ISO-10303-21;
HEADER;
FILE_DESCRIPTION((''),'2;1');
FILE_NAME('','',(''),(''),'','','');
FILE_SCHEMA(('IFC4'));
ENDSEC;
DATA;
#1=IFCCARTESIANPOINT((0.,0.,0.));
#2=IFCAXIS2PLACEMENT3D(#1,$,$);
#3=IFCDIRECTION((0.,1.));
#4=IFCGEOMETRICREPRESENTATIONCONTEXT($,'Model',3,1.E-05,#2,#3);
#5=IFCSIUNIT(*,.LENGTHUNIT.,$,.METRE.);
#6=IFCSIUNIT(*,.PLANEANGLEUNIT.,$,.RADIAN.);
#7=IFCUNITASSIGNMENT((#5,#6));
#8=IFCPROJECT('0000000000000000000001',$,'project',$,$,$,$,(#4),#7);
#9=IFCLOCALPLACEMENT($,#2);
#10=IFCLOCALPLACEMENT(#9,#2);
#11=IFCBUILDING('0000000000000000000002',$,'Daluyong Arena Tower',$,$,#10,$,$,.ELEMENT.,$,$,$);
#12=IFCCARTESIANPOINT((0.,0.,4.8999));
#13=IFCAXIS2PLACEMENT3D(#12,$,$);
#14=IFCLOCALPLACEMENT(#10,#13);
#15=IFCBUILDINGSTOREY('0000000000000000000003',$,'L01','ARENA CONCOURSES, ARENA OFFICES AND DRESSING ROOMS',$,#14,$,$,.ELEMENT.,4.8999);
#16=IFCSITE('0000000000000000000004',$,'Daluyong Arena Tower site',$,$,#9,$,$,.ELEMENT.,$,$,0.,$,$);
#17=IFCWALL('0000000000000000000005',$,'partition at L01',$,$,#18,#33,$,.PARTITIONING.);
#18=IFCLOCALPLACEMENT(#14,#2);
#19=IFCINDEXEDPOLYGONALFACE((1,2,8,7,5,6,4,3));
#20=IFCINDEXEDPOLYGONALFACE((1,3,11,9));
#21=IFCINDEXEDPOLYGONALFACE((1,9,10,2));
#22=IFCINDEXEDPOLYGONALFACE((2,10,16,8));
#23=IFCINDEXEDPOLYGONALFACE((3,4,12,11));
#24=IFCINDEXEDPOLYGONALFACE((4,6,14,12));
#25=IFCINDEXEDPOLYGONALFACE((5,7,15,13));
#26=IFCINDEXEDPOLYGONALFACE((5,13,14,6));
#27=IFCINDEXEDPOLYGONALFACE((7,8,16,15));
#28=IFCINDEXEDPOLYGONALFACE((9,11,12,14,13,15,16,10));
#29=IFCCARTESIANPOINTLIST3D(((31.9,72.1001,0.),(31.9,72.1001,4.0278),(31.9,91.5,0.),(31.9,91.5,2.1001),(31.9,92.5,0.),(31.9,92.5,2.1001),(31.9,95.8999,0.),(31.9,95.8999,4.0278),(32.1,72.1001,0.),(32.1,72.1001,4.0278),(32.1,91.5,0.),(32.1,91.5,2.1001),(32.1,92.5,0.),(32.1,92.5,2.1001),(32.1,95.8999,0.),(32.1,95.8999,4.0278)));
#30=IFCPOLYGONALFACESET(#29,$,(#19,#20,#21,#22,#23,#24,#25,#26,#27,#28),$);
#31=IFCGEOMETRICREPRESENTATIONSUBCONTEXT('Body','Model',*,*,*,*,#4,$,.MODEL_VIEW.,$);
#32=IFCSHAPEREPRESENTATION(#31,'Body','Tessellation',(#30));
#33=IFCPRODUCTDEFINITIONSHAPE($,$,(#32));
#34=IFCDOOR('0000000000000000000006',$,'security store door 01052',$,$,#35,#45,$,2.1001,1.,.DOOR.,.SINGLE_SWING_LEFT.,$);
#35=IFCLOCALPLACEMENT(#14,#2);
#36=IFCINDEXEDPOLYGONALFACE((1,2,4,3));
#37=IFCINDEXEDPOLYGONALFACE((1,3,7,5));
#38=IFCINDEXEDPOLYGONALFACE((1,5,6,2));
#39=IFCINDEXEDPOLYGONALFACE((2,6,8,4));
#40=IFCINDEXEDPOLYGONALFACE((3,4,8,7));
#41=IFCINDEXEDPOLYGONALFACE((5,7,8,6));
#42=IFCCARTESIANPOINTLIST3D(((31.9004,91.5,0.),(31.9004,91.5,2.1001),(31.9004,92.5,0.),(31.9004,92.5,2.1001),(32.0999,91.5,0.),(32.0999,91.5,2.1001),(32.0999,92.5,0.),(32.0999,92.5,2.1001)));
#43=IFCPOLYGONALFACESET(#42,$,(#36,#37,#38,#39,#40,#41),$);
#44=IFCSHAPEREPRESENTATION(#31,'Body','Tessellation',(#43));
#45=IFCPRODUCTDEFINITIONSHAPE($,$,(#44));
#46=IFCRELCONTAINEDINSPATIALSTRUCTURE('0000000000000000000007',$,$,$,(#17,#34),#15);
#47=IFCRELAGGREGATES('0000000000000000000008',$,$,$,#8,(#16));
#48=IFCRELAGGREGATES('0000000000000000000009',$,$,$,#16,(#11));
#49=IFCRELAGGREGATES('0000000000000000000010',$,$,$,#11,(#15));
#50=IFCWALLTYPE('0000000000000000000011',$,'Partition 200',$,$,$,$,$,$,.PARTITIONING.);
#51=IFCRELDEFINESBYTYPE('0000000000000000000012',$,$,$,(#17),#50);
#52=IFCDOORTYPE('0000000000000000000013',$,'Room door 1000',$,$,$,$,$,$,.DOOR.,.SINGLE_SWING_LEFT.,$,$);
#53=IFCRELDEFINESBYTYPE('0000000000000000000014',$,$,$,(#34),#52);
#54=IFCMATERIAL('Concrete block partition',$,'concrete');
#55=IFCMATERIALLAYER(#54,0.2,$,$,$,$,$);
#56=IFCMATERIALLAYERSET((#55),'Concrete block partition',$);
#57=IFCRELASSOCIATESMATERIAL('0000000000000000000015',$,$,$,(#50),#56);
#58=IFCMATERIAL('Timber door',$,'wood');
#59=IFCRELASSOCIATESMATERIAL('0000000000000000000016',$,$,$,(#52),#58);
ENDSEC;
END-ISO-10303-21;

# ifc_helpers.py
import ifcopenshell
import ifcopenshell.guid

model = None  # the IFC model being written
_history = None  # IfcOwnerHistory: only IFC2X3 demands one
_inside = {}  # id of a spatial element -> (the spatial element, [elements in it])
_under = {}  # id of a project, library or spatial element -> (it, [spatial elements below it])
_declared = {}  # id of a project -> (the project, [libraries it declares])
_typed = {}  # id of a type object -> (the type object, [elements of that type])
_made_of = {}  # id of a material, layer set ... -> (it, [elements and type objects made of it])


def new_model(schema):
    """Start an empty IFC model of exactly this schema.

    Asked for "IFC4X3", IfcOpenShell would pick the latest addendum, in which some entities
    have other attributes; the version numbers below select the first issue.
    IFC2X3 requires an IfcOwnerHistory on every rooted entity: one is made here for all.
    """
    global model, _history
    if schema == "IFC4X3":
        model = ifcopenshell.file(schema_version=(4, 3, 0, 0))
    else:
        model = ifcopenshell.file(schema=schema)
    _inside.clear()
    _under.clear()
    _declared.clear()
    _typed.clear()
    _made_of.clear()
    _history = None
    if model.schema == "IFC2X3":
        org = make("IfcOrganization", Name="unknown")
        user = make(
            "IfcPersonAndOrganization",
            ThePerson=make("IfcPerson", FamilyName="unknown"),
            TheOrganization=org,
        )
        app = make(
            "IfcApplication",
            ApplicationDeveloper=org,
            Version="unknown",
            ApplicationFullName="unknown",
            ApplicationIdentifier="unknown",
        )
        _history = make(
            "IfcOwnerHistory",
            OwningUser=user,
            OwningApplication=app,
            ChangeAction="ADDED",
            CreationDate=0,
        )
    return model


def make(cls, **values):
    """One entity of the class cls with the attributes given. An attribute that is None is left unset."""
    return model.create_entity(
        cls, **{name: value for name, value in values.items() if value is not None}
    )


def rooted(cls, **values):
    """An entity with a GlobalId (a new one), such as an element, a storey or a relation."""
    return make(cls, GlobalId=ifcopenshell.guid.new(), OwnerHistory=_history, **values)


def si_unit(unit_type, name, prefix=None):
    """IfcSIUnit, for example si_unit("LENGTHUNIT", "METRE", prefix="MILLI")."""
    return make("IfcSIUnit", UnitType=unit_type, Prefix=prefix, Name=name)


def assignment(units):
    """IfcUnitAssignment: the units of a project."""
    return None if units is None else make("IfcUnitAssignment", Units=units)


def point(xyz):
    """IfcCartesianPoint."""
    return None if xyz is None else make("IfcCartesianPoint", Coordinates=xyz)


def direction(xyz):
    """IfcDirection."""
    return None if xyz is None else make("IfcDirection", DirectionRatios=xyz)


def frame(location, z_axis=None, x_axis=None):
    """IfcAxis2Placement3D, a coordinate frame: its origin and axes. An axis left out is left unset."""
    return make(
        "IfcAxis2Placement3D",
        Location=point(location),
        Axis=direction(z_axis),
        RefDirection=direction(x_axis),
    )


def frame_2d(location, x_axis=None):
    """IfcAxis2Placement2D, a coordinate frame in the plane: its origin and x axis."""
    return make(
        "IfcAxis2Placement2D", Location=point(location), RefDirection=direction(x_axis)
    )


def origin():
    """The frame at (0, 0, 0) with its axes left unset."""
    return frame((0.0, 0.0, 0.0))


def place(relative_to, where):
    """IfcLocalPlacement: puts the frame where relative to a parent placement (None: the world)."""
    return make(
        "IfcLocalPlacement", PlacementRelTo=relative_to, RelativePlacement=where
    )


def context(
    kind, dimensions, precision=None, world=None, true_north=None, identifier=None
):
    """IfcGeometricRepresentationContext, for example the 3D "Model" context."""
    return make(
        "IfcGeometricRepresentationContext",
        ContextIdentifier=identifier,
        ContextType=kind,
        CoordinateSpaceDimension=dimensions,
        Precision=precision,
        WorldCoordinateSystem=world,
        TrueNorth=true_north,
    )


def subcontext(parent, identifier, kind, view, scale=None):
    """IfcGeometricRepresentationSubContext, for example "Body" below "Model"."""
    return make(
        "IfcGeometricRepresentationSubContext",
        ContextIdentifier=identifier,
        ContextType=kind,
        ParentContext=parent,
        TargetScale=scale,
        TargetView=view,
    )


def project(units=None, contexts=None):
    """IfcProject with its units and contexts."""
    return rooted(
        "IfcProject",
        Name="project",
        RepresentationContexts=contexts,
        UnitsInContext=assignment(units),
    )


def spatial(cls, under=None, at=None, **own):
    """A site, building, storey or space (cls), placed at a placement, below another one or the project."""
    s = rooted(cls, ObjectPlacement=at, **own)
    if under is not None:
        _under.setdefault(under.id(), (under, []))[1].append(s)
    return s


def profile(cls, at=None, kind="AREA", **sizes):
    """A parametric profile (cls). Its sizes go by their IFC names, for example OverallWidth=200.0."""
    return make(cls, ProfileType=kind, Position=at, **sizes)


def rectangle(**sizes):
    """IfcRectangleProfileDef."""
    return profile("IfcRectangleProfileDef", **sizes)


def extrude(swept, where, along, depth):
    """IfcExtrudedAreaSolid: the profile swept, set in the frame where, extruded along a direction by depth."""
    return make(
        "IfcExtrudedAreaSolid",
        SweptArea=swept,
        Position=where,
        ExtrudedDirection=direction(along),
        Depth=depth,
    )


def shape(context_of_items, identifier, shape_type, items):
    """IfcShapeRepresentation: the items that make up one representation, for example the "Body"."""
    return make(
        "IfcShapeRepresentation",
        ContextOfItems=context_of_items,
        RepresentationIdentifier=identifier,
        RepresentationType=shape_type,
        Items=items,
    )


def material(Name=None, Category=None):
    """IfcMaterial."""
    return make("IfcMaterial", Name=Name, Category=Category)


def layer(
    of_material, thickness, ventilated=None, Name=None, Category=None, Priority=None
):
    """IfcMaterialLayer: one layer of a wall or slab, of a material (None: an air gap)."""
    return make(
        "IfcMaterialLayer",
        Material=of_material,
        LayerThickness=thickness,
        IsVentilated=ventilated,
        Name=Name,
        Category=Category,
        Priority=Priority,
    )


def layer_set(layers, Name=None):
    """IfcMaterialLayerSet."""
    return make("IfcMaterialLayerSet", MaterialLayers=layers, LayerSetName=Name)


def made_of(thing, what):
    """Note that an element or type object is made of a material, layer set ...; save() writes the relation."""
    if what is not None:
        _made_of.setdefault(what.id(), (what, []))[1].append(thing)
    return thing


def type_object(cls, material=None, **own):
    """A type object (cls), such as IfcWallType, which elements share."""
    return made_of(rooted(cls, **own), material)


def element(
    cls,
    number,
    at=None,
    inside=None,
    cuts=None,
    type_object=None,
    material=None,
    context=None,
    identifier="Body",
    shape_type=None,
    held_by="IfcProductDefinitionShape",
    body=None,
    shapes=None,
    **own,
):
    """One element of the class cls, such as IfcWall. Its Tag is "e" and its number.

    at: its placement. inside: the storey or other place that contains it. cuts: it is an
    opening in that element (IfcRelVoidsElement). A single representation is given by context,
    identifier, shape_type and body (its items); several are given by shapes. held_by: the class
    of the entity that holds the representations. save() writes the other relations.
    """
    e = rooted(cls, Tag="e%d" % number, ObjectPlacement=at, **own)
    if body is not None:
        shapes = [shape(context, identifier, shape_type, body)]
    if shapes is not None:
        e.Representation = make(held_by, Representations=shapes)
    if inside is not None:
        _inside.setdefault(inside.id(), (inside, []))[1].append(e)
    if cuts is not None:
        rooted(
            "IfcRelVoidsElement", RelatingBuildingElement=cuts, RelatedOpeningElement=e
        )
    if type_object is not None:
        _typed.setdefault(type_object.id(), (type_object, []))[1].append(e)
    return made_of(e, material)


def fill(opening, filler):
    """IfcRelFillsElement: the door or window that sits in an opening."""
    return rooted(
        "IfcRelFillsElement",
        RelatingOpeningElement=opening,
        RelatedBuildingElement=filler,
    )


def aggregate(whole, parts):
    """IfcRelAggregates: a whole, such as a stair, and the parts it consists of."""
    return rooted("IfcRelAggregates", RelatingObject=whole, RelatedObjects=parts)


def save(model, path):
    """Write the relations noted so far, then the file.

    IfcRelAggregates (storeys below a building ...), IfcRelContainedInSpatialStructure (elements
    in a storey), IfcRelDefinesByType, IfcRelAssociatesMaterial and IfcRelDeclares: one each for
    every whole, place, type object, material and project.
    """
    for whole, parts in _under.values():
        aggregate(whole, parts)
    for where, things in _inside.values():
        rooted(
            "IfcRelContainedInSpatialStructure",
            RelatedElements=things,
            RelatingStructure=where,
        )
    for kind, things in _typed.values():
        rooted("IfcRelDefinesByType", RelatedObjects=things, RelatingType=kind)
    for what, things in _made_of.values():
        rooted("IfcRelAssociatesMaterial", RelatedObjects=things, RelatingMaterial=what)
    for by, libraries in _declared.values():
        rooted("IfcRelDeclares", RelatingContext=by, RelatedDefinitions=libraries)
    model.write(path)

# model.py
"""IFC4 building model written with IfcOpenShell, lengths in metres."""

from ifc_helpers import new_model, si_unit, direction, frame, frame_2d, origin, place, context, subcontext, project, spatial, rectangle, extrude, material, layer, layer_set, type_object, element, fill, save


model = new_model("IFC4")

# Units and contexts
model_context = context("Model", 3, precision=1e-05, world=origin(), true_north=direction((0.0, 1.0)))
body_context = subcontext(model_context, "Body", "Model", "MODEL_VIEW")
ifc_project = project(units=[si_unit("LENGTHUNIT", "METRE"), si_unit("PLANEANGLEUNIT", "RADIAN")], contexts=[model_context])

# Site, building, storey
site_placement = place(None, origin())
site = spatial("IfcSite", under=ifc_project, at=site_placement, Name="Daluyong Arena Tower site", CompositionType="ELEMENT", RefElevation=0.0)
building_placement = place(site_placement, origin())
building = spatial("IfcBuilding", under=site, at=building_placement, Name="Daluyong Arena Tower", CompositionType="ELEMENT")
storey_placement = place(building_placement, frame((0.0, 0.0, 4.8999)))
storey = spatial("IfcBuildingStorey", under=building, at=storey_placement, Name="L01", Description="ARENA CONCOURSES, ARENA OFFICES AND DRESSING ROOMS", CompositionType="ELEMENT", Elevation=4.8999)

# Shared definitions
ifc_material_1 = material(Name="Concrete block partition", Category="concrete")
ifc_layer = layer(ifc_material_1, 0.2)
ifc_layer_set = layer_set([ifc_layer], Name="Concrete block partition")
wall_type = type_object("IfcWallType", Name="Partition 200", PredefinedType="PARTITIONING", material=ifc_layer_set)

# Wall, opening, door
wall_1_placement = place(storey_placement, frame((32.0, 72.1001, 0.0), z_axis=(0.0, 0.0, 1.0), x_axis=(0.0, 1.0, 0.0)))
wall_1 = element("IfcWall", 1, at=wall_1_placement, inside=storey, type_object=wall_type, Name="partition at L01", PredefinedType="PARTITIONING", context=body_context, shape_type="SweptSolid", body=[
    extrude(rectangle(XDim=23.7998, YDim=0.2, at=frame_2d((11.8999, 0.0))), origin(), (0.0, 0.0, 1.0), 4.0278),
])
opening_placement = place(wall_1_placement, frame((19.3999, 0.0, 0.0)))
opening = element("IfcOpeningElement", 2, at=opening_placement, cuts=wall_1, PredefinedType="OPENING", context=body_context, shape_type="SweptSolid", body=[
    extrude(rectangle(XDim=1.0, YDim=2.1001, at=frame_2d((0.5, 1.05))), frame((0.0, 0.1099, 0.0), z_axis=(0.0, -1.0, 0.0), x_axis=(1.0, 0.0, 0.0)), (0.0, 0.0, 1.0), 0.22),
])
ifc_material_2 = material(Name="Timber door", Category="wood")
door_type = type_object("IfcDoorType", Name="Room door 1000", OperationType="SINGLE_SWING_LEFT", PredefinedType="DOOR", material=ifc_material_2)
door_placement = place(opening_placement, origin())
door = element("IfcDoor", 3, at=door_placement, inside=storey, type_object=door_type, Name="security store door 01052", OperationType="SINGLE_SWING_LEFT", OverallHeight=2.1001, OverallWidth=1.0, PredefinedType="DOOR", context=body_context, shape_type="SweptSolid", body=[
    extrude(rectangle(XDim=1.0, YDim=2.1001, at=frame_2d((0.5, 1.05))), frame((0.0, 0.0996, 0.0), z_axis=(0.0, -1.0, 0.0), x_axis=(1.0, 0.0, 0.0)), (0.0, 0.0, 1.0), 0.1995),
])
fill(opening, door)

save(model, "model.ifc")
